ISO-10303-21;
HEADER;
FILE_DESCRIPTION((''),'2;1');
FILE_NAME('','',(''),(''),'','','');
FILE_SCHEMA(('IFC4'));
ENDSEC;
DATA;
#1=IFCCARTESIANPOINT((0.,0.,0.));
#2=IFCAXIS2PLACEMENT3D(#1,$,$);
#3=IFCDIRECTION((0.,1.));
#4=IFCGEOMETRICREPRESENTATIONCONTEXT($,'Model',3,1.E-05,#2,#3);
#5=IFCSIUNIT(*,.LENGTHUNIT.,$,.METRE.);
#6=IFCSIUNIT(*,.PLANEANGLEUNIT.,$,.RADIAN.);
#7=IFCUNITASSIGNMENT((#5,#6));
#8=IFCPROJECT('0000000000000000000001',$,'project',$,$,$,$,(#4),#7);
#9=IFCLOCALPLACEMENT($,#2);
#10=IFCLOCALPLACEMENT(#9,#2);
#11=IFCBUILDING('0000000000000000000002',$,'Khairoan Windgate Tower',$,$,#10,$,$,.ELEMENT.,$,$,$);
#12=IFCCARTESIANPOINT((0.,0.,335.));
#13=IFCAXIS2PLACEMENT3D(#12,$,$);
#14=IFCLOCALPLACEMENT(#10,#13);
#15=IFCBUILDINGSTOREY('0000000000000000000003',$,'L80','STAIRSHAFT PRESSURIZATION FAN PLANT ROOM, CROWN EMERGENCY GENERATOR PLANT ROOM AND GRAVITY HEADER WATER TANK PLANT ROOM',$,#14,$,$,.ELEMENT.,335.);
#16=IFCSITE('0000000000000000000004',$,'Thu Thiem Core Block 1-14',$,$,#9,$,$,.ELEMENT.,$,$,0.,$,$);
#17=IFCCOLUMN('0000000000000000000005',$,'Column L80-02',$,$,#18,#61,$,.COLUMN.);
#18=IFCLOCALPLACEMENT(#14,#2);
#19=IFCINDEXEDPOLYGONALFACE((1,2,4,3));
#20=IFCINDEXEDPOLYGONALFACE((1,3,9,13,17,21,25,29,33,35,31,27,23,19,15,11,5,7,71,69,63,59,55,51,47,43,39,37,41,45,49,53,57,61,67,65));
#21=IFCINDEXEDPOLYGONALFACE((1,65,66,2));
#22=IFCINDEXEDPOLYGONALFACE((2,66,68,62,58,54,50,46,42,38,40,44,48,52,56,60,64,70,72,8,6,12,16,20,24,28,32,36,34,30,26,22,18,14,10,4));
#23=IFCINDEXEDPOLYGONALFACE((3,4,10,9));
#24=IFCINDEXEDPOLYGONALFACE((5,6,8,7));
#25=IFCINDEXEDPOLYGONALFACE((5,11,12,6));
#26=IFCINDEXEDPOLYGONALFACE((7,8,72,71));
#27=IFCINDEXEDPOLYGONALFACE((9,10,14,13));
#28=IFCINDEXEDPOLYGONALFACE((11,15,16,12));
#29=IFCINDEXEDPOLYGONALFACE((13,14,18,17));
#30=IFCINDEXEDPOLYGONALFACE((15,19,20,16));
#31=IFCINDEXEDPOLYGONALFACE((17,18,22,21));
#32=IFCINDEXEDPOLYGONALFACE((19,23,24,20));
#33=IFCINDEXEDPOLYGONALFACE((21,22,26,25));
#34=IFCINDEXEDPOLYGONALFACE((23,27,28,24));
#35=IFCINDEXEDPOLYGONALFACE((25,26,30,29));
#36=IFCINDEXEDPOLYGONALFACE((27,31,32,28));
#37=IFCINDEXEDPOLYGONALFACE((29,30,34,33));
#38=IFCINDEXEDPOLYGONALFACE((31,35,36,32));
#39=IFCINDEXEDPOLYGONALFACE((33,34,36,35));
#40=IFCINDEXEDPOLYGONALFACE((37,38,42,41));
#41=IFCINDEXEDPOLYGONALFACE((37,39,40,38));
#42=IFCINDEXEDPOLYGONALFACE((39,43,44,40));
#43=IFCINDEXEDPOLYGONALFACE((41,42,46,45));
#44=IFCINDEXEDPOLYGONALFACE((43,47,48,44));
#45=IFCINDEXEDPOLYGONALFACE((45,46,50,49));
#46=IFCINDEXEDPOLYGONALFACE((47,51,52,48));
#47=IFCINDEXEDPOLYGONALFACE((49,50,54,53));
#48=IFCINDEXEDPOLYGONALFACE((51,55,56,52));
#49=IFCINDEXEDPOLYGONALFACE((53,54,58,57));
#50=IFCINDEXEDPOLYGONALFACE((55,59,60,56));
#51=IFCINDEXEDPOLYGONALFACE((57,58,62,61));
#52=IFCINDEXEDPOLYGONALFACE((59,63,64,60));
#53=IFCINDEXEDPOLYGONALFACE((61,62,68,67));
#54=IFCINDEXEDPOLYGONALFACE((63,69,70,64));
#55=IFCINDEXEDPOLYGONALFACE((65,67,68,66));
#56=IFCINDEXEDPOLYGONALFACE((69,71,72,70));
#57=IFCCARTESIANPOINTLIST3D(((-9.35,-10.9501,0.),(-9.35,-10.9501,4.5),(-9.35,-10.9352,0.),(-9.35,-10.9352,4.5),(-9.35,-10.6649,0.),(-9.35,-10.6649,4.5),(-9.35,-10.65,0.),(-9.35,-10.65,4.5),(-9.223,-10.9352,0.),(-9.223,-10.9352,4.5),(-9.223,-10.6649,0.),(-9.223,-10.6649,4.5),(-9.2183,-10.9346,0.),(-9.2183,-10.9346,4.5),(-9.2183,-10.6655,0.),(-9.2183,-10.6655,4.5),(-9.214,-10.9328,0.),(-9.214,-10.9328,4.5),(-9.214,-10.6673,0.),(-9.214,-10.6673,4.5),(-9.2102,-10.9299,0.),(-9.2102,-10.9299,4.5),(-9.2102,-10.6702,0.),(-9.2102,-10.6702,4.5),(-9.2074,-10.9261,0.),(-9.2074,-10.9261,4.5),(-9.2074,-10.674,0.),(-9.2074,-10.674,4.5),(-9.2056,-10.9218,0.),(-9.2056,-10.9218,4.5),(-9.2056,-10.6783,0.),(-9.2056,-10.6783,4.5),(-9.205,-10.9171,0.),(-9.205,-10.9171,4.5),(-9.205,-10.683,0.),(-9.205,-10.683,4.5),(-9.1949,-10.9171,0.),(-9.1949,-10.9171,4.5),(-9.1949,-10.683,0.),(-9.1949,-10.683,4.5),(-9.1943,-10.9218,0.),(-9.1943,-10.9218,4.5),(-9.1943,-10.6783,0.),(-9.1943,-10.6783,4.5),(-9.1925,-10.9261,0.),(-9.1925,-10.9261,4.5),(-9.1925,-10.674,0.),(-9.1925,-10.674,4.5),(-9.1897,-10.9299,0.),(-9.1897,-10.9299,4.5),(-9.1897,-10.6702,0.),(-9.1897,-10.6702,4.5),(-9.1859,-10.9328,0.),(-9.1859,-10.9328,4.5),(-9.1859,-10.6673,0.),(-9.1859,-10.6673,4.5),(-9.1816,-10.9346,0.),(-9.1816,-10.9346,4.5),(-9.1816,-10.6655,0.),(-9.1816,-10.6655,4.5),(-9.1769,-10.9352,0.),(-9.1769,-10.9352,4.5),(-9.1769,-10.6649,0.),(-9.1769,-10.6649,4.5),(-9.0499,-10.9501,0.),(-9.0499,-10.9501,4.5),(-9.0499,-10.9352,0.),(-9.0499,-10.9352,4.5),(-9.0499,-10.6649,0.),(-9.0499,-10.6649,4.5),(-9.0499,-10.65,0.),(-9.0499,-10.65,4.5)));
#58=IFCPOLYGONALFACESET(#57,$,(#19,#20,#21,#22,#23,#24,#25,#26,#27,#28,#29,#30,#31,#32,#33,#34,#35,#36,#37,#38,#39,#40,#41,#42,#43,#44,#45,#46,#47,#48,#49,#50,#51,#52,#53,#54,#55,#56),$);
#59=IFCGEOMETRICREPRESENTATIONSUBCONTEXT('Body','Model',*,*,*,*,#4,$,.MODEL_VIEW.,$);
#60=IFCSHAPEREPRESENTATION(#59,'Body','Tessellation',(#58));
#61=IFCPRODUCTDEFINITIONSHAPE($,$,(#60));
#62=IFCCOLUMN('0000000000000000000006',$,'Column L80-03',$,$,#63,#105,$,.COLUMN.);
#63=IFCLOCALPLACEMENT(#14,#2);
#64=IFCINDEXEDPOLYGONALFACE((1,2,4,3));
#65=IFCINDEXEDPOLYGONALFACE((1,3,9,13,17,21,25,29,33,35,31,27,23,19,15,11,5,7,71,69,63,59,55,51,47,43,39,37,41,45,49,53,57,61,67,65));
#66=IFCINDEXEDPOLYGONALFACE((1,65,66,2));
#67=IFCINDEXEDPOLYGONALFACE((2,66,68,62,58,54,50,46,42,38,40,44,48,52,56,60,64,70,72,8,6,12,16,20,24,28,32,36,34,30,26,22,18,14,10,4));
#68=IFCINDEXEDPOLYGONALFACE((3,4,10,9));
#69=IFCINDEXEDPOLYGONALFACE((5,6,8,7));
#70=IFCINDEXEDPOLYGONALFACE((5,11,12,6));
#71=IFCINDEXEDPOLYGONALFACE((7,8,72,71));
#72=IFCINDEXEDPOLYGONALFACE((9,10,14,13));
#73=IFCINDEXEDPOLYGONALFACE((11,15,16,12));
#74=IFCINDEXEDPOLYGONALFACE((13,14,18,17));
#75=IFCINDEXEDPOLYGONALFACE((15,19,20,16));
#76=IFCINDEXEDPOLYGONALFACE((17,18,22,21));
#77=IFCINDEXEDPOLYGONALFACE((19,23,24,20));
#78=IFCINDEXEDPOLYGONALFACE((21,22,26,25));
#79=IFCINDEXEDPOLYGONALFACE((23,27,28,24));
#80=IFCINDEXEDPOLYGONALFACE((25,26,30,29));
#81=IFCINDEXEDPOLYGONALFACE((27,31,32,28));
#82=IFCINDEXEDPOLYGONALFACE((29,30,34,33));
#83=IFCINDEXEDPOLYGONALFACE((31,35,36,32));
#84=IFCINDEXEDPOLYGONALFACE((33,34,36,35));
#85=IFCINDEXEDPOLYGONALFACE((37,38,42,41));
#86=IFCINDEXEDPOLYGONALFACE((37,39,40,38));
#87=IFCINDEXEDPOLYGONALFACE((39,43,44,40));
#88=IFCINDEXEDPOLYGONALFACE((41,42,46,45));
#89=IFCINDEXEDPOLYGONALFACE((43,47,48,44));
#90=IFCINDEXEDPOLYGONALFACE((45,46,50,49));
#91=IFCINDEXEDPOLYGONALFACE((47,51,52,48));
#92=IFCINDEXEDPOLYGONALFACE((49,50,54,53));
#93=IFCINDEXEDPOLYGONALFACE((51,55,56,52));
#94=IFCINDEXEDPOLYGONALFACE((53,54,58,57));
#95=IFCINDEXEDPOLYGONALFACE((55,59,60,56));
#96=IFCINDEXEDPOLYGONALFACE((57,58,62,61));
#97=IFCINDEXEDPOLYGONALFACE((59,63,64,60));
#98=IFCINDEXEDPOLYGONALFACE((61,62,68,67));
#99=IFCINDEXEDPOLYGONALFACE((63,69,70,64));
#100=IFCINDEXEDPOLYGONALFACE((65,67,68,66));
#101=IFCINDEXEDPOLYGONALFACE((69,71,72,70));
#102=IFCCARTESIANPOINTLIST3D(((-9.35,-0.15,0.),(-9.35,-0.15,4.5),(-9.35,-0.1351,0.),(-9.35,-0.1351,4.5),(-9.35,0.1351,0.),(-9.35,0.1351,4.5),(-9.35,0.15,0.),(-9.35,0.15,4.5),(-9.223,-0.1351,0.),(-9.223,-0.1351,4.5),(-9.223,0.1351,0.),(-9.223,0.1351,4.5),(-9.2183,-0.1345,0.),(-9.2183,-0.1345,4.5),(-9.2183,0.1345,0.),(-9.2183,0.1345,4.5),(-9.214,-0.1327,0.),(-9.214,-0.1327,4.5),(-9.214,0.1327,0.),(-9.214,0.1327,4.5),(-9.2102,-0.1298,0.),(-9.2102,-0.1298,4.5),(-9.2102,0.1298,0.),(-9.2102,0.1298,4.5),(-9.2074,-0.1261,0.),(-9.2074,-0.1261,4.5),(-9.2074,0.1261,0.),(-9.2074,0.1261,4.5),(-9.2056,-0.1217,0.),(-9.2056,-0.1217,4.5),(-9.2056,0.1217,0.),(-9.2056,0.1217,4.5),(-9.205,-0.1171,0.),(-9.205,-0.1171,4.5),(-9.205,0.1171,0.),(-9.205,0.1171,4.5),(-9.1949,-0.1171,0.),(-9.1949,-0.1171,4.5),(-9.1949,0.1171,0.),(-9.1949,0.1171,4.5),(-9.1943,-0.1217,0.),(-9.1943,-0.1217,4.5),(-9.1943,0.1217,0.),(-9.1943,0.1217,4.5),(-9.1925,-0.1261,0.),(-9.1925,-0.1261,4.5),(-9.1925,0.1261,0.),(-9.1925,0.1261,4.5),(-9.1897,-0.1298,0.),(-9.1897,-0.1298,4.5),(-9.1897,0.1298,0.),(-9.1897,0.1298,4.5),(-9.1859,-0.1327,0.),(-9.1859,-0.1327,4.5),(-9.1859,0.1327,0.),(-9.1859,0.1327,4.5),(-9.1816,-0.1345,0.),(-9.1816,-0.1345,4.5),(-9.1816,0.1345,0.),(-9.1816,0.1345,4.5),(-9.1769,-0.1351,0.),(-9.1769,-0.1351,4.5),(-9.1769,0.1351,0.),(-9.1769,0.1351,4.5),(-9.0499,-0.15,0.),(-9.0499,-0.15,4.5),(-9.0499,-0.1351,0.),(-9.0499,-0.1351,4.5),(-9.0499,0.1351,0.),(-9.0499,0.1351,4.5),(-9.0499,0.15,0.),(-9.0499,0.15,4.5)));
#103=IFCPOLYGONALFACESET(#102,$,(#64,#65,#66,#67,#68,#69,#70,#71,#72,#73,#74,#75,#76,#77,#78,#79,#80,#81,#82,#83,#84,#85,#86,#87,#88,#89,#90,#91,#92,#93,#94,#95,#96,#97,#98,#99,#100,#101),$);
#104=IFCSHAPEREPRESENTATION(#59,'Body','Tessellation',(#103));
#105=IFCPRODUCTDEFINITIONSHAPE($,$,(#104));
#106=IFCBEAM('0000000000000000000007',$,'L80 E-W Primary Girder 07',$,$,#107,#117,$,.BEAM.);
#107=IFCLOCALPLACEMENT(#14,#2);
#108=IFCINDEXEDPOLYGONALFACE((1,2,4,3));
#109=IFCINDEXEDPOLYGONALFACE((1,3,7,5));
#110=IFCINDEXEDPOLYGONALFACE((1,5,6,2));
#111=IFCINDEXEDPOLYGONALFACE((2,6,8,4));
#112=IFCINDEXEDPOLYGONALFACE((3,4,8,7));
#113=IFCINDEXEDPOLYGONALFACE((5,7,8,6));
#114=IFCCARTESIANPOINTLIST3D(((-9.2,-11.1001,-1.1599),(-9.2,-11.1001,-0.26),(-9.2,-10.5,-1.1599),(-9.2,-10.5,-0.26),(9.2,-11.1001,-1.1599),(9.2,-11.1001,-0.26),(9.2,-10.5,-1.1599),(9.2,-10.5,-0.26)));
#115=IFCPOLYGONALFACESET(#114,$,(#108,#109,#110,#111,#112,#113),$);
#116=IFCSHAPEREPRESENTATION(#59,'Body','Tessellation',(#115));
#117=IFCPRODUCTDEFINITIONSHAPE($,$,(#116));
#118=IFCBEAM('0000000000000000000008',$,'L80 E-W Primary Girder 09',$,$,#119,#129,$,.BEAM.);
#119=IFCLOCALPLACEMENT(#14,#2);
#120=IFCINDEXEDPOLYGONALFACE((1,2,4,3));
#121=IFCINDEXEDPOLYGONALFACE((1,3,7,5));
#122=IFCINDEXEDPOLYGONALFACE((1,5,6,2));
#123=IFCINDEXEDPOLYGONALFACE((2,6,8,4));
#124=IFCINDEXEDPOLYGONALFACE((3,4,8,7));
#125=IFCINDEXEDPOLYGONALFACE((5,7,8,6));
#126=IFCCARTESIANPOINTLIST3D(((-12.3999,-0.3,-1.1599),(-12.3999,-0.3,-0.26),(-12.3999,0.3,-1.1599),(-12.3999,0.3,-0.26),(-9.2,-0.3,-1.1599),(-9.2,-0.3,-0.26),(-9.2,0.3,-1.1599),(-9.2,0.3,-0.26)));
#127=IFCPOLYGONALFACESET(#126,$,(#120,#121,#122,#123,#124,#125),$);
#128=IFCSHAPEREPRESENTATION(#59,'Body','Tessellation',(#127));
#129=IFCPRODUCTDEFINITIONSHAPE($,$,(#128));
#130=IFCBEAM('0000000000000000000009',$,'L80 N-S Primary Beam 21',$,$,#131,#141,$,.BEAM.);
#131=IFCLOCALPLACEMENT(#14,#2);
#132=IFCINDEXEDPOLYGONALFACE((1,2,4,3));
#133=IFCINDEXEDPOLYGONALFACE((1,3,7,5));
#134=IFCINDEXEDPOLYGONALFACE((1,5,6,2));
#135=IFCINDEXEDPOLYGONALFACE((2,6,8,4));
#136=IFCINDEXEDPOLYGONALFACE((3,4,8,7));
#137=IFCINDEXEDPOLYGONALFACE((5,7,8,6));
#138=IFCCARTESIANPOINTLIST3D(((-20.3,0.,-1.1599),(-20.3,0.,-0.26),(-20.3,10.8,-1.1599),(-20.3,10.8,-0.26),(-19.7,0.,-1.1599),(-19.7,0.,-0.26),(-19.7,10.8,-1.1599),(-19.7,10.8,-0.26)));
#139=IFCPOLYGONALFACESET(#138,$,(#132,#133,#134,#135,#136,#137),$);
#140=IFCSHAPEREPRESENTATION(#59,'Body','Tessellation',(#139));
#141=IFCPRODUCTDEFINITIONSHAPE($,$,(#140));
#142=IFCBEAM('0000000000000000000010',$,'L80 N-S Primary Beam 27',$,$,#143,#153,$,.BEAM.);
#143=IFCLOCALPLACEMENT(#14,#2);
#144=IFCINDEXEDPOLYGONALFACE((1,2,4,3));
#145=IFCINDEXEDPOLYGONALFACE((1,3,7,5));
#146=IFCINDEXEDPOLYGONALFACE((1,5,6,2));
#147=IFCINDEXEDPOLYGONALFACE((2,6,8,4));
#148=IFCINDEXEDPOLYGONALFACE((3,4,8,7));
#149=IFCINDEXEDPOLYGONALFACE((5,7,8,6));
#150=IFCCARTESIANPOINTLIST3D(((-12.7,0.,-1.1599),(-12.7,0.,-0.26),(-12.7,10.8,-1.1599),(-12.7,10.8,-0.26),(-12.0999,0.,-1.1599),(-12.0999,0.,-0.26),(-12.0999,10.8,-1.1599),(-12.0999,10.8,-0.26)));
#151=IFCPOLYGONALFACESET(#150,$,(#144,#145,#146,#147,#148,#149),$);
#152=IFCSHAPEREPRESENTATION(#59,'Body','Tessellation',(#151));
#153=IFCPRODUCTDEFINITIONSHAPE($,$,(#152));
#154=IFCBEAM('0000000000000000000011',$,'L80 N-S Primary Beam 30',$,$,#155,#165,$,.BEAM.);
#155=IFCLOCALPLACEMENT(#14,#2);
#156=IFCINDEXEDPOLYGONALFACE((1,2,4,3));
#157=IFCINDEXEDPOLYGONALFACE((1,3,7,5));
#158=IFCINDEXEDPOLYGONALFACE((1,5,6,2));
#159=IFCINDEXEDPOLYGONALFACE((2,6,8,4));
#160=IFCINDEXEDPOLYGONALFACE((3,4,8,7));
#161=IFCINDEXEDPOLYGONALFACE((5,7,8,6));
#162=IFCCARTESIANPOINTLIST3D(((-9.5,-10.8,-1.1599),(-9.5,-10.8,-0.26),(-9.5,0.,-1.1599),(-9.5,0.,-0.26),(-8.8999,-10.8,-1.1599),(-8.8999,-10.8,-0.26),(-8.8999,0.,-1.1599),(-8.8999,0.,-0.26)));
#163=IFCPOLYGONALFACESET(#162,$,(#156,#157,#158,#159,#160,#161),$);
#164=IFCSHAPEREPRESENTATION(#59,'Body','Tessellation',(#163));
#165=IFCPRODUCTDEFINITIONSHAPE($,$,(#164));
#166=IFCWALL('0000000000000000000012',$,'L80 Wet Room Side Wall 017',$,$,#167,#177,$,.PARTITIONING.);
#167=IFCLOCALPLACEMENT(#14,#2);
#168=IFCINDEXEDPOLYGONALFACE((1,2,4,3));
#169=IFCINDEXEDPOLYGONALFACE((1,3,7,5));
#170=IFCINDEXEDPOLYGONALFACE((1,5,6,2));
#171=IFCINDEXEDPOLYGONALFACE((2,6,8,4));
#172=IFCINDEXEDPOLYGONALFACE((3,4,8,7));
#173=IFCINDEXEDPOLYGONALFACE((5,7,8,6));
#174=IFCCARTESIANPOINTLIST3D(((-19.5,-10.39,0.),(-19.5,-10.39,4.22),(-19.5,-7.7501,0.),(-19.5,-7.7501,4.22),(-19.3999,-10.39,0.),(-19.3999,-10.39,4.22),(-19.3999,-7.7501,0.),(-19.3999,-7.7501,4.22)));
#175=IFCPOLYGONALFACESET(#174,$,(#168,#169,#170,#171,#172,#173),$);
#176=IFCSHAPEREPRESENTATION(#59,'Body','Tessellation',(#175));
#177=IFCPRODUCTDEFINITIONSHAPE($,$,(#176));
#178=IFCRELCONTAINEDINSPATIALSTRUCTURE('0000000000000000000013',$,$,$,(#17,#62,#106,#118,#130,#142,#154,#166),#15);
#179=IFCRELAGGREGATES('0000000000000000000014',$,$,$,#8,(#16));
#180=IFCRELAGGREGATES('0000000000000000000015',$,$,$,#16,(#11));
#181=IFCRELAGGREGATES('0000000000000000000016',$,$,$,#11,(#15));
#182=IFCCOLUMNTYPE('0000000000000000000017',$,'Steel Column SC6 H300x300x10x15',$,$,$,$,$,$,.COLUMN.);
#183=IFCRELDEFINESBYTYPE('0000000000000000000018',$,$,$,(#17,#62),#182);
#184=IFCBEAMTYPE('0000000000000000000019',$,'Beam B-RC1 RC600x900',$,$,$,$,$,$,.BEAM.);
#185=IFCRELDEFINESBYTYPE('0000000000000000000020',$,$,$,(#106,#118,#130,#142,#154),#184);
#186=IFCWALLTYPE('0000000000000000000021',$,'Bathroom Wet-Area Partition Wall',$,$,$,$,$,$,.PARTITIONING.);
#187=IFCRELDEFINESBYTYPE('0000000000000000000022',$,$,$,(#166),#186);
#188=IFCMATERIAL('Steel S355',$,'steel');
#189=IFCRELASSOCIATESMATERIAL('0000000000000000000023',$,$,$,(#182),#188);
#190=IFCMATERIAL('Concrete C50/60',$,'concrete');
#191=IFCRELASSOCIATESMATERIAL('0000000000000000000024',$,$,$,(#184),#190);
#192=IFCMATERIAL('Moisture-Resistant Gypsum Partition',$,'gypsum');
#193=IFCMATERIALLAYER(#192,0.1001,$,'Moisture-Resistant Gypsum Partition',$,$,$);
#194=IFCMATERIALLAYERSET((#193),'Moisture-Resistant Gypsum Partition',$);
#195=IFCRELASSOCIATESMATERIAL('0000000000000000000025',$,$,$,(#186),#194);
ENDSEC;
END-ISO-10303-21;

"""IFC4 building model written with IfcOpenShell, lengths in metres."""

from ifc_helpers import new_model, si_unit, direction, frame, frame_2d, origin, origin_2d, place, context, subcontext, project, spatial, rectangle, i_section, extrude, material, layer, layer_set, material_profile, profile_set, type_object, element, save


model = new_model("IFC4")

# Units and contexts
model_context = context("Model", 3, precision=1e-05, world=origin(), true_north=direction((0.0, 1.0)))
body_context = subcontext(model_context, "Body", "Model", "MODEL_VIEW")
ifc_project = project(units=[si_unit("LENGTHUNIT", "METRE"), si_unit("PLANEANGLEUNIT", "RADIAN")], contexts=[model_context])

# Site, building, storey
site_placement = place(None, origin())
site = spatial("IfcSite", under=ifc_project, at=site_placement, Name="Thu Thiem Core Block 1-14", CompositionType="ELEMENT", RefElevation=0.0)
building_placement = place(site_placement, origin())
building = spatial("IfcBuilding", under=site, at=building_placement, Name="Khairoan Windgate Tower", CompositionType="ELEMENT")
storey_placement = place(building_placement, frame((0.0, 0.0, 335.0)))
storey = spatial("IfcBuildingStorey", under=building, at=storey_placement, Name="L80", Description="STAIRSHAFT PRESSURIZATION FAN PLANT ROOM, CROWN EMERGENCY GENERATOR PLANT ROOM AND GRAVITY HEADER WATER TANK PLANT ROOM", CompositionType="ELEMENT", Elevation=335.0)

# Columns
ifc_material_1 = material(Name="Steel S355", Category="steel")
ifc_material_profile_1 = material_profile(ifc_material_1, i_section(OverallWidth=0.3, OverallDepth=0.3, WebThickness=0.01, FlangeThickness=0.0149, FilletRadius=0.0181, at=origin_2d()))
ifc_profile_set_1 = profile_set([ifc_material_profile_1], Name="Steel S355")
column_type = type_object("IfcColumnType", Name="Steel Column SC6 H300x300x10x15", PredefinedType="COLUMN", material=ifc_profile_set_1)
for number, where, z_axis, x_axis, name in (
    (1, (-9.2, -10.8, 0.0), (0.0, 0.0, 1.0), (1.0, 0.0, 0.0), "Column L80-02"),
    (2, (-9.2, 0.0, 0.0), (0.0, 0.0, 1.0), (1.0, 0.0, 0.0), "Column L80-03"),
):
    element("IfcColumn", number, at=place(storey_placement, frame(where, z_axis=z_axis, x_axis=x_axis)), inside=storey, type_object=column_type, Name=name, PredefinedType="COLUMN", context=body_context, shape_type="SweptSolid", body=[
        extrude(i_section(OverallWidth=0.3, OverallDepth=0.3, WebThickness=0.01, FlangeThickness=0.0149, FilletRadius=0.0181, at=origin_2d()), origin(), (0.0, 0.0, 1.0), 4.5),
    ])

# Beams
ifc_material_2 = material(Name="Concrete C50/60", Category="concrete")
ifc_material_profile_2 = material_profile(ifc_material_2, rectangle(XDim=0.6001, YDim=0.8999, at=origin_2d()))
ifc_profile_set_2 = profile_set([ifc_material_profile_2], Name="Concrete C50/60")
beam_type = type_object("IfcBeamType", Name="Beam B-RC1 RC600x900", PredefinedType="BEAM", material=ifc_profile_set_2)
beam_1_placement = place(storey_placement, frame((-9.2, -10.8, -0.71), z_axis=(1.0, 0.0, 0.0), x_axis=(0.0, 1.0, 0.0)))
element("IfcBeam", 3, at=beam_1_placement, inside=storey, type_object=beam_type, Name="L80 E-W Primary Girder 07", PredefinedType="BEAM", context=body_context, shape_type="SweptSolid", body=[
    extrude(rectangle(XDim=0.6001, YDim=0.8999, at=origin_2d()), origin(), (0.0, 0.0, 1.0), 18.3999),
])
beam_2_placement = place(storey_placement, frame((-12.3999, 0.0, -0.71), z_axis=(1.0, 0.0, 0.0), x_axis=(0.0, 1.0, 0.0)))
element("IfcBeam", 4, at=beam_2_placement, inside=storey, type_object=beam_type, Name="L80 E-W Primary Girder 09", PredefinedType="BEAM", context=body_context, shape_type="SweptSolid", body=[
    extrude(rectangle(XDim=0.6001, YDim=0.8999, at=origin_2d()), origin(), (0.0, 0.0, 1.0), 3.2),
])
for number, where, z_axis, x_axis, name in (
    (5, (-20.0, 0.0, -0.71), (0.0, 1.0, 0.0), (-1.0, 0.0, 0.0), "L80 N-S Primary Beam 21"),
    (6, (-12.3999, 0.0, -0.71), (0.0, 1.0, 0.0), (-1.0, 0.0, 0.0), "L80 N-S Primary Beam 27"),
    (7, (-9.2, -10.8, -0.71), (0.0, 1.0, 0.0), (-1.0, 0.0, 0.0), "L80 N-S Primary Beam 30"),
):
    element("IfcBeam", number, at=place(storey_placement, frame(where, z_axis=z_axis, x_axis=x_axis)), inside=storey, type_object=beam_type, Name=name, PredefinedType="BEAM", context=body_context, shape_type="SweptSolid", body=[
        extrude(rectangle(XDim=0.6001, YDim=0.8999, at=origin_2d()), origin(), (0.0, 0.0, 1.0), 10.8),
    ])

# Wall
ifc_material_3 = material(Name="Moisture-Resistant Gypsum Partition", Category="gypsum")
ifc_layer_1 = layer(ifc_material_3, 0.1001, Name="Moisture-Resistant Gypsum Partition")
ifc_layer_set_1 = layer_set([ifc_layer_1], Name="Moisture-Resistant Gypsum Partition")
wall_type_1 = type_object("IfcWallType", Name="Bathroom Wet-Area Partition Wall", PredefinedType="PARTITIONING", material=ifc_layer_set_1)
wall_1_placement = place(storey_placement, frame((-19.45, -10.3899, 0.0), z_axis=(0.0, 0.0, 1.0), x_axis=(0.0, 1.0, 0.0)))
element("IfcWall", 8, at=wall_1_placement, inside=storey, type_object=wall_type_1, Name="L80 Wet Room Side Wall 017", PredefinedType="PARTITIONING", context=body_context, shape_type="SweptSolid", body=[
    extrude(rectangle(XDim=2.6399, YDim=0.1001, at=frame_2d((1.3198, 0.0))), origin(), (0.0, 0.0, 1.0), 4.22),
])

save(model, "model.ifc")
